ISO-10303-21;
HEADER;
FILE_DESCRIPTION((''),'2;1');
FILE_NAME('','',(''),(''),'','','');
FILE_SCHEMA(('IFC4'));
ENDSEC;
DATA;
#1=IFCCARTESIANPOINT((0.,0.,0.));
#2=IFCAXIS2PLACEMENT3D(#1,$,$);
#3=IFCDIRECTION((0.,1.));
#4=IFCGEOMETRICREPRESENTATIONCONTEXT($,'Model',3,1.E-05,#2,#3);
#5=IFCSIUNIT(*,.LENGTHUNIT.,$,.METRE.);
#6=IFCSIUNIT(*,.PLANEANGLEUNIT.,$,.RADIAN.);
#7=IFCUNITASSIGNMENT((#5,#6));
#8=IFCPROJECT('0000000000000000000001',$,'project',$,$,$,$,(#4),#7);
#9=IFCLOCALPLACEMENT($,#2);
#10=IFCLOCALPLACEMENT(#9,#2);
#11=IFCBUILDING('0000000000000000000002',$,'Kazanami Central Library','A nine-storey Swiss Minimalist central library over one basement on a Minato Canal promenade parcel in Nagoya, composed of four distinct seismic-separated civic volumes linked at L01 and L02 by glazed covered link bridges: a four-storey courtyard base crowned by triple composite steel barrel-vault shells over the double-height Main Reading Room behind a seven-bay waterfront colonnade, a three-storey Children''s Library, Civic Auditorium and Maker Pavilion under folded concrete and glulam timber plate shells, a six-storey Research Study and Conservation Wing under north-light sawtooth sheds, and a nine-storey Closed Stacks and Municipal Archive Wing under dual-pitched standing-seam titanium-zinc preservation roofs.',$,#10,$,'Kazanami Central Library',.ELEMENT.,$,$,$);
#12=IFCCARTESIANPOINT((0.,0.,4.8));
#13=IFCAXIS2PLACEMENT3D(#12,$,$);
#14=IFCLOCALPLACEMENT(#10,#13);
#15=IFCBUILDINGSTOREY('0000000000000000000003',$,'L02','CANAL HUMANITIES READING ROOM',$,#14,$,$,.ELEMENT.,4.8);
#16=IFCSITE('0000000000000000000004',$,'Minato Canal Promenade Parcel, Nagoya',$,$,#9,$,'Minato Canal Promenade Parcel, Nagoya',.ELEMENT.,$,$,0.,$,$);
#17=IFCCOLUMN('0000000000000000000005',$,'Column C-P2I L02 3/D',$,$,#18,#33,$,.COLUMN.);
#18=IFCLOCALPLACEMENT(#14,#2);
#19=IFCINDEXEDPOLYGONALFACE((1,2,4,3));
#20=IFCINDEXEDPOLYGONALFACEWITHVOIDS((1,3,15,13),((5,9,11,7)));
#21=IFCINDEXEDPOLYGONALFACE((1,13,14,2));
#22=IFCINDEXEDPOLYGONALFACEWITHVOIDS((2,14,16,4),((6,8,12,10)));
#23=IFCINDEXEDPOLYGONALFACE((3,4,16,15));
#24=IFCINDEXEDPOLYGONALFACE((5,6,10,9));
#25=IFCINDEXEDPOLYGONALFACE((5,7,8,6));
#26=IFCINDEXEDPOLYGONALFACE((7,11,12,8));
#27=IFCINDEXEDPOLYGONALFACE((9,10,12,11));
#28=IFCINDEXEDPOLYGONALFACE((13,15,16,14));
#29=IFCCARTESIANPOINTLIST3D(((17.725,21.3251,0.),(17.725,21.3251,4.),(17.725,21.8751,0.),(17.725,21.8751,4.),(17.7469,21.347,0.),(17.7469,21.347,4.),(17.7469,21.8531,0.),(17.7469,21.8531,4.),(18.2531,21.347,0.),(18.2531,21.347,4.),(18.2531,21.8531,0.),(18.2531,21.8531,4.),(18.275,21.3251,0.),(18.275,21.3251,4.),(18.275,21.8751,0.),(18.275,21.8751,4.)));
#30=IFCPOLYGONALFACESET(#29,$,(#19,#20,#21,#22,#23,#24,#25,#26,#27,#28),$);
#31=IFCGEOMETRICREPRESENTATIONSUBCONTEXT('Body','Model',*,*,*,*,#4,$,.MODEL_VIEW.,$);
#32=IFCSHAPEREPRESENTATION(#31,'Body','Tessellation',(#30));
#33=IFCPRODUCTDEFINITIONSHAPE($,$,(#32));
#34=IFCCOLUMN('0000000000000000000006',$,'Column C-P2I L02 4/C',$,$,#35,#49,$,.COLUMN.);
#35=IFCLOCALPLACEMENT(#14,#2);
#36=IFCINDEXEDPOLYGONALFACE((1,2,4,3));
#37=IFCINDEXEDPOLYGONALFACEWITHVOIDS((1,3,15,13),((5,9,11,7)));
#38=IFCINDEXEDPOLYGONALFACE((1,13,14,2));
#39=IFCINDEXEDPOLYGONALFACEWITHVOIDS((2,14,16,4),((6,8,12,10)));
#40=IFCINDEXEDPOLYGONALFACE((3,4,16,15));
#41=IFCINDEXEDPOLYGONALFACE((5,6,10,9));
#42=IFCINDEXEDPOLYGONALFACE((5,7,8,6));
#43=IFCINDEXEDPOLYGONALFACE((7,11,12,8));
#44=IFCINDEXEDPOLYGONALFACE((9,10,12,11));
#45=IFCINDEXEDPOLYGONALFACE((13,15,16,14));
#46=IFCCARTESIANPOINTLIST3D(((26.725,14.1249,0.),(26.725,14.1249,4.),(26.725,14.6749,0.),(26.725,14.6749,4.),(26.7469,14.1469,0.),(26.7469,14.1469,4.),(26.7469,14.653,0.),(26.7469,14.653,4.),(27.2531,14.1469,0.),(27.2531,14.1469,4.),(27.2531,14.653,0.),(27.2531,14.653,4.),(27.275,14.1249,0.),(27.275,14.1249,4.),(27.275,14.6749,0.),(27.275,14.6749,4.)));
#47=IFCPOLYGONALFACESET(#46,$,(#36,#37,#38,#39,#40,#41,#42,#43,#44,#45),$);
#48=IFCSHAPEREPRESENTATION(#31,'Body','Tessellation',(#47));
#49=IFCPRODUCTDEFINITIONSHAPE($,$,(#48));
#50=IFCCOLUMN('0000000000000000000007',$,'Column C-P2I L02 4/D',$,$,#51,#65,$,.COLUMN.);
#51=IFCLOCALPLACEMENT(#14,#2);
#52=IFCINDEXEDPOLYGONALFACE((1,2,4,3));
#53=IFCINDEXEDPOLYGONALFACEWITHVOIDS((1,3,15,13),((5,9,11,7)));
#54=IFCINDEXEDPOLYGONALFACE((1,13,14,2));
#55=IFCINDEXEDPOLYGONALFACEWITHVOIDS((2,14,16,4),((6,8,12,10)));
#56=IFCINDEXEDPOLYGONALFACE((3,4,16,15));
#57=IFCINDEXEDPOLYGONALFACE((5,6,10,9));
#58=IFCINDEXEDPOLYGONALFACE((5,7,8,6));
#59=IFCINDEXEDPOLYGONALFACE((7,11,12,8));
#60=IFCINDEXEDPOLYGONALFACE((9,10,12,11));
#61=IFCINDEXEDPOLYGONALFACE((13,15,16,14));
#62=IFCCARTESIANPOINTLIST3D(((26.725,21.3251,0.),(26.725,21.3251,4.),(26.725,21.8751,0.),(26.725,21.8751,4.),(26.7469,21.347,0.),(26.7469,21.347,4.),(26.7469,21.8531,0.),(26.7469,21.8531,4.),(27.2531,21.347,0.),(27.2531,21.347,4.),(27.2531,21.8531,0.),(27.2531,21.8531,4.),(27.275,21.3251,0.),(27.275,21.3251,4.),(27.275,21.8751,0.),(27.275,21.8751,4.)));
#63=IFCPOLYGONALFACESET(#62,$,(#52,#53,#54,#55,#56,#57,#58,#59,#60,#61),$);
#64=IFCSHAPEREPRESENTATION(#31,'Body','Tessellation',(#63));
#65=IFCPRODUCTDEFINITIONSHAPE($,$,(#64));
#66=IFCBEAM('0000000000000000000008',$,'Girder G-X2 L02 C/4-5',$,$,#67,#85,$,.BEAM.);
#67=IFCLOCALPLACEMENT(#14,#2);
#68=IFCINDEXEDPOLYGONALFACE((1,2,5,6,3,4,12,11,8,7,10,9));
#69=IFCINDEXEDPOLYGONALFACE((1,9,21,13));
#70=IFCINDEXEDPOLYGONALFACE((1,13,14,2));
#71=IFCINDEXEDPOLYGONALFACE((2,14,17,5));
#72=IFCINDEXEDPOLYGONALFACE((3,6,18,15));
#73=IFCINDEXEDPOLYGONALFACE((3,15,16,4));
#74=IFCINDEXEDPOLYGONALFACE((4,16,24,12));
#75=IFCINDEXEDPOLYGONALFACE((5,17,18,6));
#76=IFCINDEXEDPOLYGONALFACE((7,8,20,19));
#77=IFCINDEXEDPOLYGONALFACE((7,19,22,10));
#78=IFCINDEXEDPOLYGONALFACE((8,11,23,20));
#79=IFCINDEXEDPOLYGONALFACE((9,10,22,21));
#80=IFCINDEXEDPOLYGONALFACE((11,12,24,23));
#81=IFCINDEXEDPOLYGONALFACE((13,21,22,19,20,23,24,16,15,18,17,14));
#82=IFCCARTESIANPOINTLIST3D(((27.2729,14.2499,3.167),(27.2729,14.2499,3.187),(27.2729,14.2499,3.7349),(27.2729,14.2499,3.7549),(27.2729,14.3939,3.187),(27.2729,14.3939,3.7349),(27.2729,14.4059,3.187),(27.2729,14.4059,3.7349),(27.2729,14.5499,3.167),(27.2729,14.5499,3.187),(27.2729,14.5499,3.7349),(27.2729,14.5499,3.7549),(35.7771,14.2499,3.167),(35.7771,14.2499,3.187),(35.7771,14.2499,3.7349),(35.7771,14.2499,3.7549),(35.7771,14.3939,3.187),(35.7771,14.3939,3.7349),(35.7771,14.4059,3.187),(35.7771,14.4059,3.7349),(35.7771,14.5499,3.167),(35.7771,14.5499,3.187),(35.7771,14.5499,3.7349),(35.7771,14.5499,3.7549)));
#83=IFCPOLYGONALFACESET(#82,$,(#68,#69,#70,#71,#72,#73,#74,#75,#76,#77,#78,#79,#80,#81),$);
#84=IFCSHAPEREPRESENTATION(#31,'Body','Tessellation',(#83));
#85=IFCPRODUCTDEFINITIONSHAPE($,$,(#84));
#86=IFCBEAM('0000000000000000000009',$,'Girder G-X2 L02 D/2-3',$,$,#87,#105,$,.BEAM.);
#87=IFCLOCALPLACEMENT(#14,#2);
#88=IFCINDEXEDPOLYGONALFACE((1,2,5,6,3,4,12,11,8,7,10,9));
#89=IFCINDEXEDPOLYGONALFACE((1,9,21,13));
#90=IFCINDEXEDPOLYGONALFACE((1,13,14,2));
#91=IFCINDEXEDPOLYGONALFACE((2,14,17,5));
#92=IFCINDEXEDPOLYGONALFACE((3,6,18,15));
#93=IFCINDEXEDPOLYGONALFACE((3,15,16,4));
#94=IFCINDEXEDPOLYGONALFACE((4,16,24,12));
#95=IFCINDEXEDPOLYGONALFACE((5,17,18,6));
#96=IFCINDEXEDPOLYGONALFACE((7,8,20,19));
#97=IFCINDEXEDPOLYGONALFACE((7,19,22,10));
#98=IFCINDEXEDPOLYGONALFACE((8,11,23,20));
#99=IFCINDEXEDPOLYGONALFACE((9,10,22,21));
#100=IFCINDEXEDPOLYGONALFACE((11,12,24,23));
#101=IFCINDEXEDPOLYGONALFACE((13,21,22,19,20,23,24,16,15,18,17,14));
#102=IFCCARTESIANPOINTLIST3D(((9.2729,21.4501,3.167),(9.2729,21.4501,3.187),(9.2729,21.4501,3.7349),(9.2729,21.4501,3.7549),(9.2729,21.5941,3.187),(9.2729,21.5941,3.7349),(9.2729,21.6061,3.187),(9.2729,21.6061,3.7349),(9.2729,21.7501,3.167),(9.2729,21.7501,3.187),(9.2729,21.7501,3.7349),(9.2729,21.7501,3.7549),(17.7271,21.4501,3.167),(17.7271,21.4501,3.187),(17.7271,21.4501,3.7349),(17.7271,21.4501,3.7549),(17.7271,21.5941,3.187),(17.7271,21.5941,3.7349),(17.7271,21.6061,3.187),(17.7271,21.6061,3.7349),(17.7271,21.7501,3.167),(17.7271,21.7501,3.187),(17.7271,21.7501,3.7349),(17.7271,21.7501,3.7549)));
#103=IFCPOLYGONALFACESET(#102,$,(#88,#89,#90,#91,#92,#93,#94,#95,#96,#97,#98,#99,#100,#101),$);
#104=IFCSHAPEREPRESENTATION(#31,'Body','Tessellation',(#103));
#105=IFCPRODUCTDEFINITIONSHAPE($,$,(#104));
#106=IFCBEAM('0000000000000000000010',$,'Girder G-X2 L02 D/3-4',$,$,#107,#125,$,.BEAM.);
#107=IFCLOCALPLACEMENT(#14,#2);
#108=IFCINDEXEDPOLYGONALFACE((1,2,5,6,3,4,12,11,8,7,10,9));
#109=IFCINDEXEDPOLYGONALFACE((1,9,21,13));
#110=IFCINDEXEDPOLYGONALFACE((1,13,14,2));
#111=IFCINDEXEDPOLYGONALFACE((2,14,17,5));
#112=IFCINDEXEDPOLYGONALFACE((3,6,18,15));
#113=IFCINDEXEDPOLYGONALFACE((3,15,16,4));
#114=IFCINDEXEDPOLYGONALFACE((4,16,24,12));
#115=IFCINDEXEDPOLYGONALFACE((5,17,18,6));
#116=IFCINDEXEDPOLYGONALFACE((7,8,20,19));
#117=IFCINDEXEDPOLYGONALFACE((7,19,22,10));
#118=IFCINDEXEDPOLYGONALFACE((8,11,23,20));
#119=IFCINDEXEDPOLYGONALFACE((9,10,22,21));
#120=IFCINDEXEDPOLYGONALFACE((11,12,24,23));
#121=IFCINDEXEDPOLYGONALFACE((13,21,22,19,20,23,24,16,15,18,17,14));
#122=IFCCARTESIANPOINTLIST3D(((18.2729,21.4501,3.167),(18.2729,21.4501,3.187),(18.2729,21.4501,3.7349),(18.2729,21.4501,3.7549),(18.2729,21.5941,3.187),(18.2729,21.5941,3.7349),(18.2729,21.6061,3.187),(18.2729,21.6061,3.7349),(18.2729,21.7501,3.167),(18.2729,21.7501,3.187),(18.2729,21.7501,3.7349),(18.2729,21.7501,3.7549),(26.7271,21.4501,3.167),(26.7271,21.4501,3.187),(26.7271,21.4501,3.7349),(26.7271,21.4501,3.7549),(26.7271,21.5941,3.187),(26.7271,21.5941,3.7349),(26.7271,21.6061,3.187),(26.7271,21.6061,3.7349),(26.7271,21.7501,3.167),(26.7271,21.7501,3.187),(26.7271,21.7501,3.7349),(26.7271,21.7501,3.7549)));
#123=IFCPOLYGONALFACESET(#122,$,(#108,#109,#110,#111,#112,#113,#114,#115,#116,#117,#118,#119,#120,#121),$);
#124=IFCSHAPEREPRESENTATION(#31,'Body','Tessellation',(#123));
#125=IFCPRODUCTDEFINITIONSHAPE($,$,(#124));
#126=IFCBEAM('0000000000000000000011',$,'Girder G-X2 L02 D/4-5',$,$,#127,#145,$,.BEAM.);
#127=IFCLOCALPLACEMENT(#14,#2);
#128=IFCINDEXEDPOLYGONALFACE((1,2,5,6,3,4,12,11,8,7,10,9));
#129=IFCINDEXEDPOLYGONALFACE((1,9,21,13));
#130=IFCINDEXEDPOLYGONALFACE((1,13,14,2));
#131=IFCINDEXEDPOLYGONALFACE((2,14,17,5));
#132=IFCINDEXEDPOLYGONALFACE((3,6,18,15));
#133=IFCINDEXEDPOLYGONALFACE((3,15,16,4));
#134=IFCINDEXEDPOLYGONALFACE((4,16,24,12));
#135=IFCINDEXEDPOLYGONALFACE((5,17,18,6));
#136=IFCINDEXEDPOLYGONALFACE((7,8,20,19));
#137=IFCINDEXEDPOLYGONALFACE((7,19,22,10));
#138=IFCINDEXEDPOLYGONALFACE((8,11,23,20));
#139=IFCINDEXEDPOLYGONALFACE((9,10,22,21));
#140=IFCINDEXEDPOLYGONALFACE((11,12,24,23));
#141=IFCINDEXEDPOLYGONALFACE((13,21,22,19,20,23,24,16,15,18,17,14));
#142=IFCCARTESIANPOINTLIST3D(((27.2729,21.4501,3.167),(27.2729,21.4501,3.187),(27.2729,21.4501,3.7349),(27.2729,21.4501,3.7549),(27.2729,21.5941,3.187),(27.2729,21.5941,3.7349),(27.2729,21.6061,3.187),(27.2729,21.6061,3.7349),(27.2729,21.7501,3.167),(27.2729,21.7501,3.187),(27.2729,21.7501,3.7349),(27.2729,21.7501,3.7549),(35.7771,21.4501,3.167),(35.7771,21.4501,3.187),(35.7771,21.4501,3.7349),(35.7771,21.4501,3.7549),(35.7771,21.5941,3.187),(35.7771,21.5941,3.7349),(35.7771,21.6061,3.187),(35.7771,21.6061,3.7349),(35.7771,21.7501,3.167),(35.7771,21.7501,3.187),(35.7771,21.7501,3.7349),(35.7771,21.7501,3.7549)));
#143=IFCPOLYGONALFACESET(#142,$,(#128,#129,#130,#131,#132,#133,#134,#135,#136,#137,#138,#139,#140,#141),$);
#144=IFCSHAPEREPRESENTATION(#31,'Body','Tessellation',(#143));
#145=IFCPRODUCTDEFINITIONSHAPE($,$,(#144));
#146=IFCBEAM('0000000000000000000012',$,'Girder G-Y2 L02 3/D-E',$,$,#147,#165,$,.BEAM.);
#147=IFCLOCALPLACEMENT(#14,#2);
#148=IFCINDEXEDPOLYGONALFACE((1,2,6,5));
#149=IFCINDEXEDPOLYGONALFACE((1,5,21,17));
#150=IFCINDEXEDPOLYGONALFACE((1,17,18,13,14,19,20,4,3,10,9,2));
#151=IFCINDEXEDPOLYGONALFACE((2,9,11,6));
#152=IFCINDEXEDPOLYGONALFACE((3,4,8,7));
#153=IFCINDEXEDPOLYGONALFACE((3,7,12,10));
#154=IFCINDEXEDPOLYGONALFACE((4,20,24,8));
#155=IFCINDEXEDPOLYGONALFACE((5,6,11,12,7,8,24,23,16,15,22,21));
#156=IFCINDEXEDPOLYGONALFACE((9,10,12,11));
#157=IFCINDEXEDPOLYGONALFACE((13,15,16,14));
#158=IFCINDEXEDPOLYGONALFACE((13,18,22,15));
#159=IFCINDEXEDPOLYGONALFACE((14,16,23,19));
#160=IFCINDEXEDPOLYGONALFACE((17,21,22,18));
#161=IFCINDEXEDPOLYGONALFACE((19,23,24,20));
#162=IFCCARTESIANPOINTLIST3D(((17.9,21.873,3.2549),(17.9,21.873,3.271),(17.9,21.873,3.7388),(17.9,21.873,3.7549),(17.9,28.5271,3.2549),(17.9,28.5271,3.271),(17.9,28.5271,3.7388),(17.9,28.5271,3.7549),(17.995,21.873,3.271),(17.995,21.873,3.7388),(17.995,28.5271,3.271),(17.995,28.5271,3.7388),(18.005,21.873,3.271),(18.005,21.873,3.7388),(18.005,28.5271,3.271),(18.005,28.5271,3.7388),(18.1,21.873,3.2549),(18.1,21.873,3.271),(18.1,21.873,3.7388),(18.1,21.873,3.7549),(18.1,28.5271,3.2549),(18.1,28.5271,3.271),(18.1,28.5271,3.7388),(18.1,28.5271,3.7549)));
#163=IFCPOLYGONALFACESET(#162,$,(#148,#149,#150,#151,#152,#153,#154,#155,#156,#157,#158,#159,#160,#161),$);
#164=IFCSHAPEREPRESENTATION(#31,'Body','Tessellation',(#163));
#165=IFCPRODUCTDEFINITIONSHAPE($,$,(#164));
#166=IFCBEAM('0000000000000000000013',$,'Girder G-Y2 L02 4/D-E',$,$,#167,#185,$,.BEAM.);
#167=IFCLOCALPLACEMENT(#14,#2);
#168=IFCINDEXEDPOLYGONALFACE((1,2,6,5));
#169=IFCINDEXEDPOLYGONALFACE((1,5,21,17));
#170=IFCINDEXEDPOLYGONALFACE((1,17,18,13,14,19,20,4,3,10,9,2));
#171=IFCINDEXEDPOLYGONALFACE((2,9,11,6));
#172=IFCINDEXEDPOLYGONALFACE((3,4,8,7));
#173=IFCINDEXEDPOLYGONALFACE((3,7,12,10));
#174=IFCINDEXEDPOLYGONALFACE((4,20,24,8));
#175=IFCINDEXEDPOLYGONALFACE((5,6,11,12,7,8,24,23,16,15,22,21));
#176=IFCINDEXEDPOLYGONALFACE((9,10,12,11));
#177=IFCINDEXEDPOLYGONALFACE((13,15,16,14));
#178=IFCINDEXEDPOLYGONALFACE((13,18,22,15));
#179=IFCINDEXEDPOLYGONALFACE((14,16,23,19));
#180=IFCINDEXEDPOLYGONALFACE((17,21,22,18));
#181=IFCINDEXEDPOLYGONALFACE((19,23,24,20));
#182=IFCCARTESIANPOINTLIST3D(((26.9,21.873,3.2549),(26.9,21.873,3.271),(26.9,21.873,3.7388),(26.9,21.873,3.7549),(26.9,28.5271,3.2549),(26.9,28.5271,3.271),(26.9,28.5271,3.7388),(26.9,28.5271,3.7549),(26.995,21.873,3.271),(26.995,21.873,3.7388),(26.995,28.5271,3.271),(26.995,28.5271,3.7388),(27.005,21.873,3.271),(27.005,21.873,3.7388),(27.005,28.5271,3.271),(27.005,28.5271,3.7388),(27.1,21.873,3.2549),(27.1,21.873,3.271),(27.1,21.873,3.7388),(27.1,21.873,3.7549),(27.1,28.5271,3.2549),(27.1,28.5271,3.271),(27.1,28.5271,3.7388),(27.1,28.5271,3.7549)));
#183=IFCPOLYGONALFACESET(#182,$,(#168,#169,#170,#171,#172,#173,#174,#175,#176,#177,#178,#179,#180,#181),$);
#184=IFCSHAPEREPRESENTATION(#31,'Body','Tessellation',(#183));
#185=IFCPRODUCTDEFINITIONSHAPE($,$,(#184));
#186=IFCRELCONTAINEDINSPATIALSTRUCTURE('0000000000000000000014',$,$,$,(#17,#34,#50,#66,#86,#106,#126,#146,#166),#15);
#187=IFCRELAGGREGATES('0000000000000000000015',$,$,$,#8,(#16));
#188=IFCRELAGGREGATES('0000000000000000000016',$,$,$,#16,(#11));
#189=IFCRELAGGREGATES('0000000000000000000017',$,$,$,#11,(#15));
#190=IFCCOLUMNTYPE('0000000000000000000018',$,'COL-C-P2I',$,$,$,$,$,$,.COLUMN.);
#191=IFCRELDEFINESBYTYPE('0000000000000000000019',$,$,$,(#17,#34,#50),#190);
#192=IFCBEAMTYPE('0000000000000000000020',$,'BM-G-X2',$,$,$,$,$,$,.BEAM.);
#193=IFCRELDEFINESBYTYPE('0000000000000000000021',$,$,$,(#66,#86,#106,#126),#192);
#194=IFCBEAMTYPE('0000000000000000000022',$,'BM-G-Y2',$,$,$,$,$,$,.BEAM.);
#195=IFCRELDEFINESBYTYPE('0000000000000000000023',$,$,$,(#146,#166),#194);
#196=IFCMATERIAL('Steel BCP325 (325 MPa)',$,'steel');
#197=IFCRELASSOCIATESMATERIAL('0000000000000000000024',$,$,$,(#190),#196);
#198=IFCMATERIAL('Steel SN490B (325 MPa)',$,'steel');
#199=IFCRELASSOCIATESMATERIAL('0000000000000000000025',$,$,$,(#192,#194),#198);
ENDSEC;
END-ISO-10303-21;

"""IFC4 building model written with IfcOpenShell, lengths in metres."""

from ifc_helpers import new_model, si_unit, direction, frame, origin, origin_2d, place, context, subcontext, project, spatial, hollow_rectangle, i_section, extrude, material, material_profile, profile_set, type_object, element, save


model = new_model("IFC4")

# Units and contexts
model_context = context("Model", 3, precision=1e-05, world=origin(), true_north=direction((0.0, 1.0)))
body_context = subcontext(model_context, "Body", "Model", "MODEL_VIEW")
ifc_project = project(units=[si_unit("LENGTHUNIT", "METRE"), si_unit("PLANEANGLEUNIT", "RADIAN")], contexts=[model_context])

# Site, building, storey
site_placement = place(None, origin())
site = spatial("IfcSite", under=ifc_project, at=site_placement, Name="Minato Canal Promenade Parcel, Nagoya", LongName="Minato Canal Promenade Parcel, Nagoya", CompositionType="ELEMENT", RefElevation=0.0)
building_placement = place(site_placement, origin())
building = spatial("IfcBuilding", under=site, at=building_placement, Name="Kazanami Central Library", Description="A nine-storey Swiss Minimalist central library over one basement on a Minato Canal promenade parcel in Nagoya, composed of four distinct seismic-separated civic volumes linked at L01 and L02 by glazed covered link bridges: a four-storey courtyard base crowned by triple composite steel barrel-vault shells over the double-height Main Reading Room behind a seven-bay waterfront colonnade, a three-storey Children's Library, Civic Auditorium and Maker Pavilion under folded concrete and glulam timber plate shells, a six-storey Research Study and Conservation Wing under north-light sawtooth sheds, and a nine-storey Closed Stacks and Municipal Archive Wing under dual-pitched standing-seam titanium-zinc preservation roofs.", LongName="Kazanami Central Library", CompositionType="ELEMENT")
storey_placement = place(building_placement, frame((0.0, 0.0, 4.8)))
storey = spatial("IfcBuildingStorey", under=building, at=storey_placement, Name="L02", Description="CANAL HUMANITIES READING ROOM", CompositionType="ELEMENT", Elevation=4.8)

# Columns
ifc_material_1 = material(Name="Steel BCP325 (325 MPa)", Category="steel")
ifc_material_profile_1 = material_profile(ifc_material_1, hollow_rectangle(XDim=0.55, YDim=0.55, WallThickness=0.022, at=origin_2d()), Name="BCP-550x550x22")
ifc_profile_set_1 = profile_set([ifc_material_profile_1], Name="Steel BCP325 (325 MPa)")
column_type = type_object("IfcColumnType", Name="COL-C-P2I", PredefinedType="COLUMN", material=ifc_profile_set_1)
for number, where, z_axis, x_axis, name in (
    (1, (18.0, 21.6001, 0.0), (0.0, 0.0, 1.0), (1.0, 0.0, 0.0), "Column C-P2I L02 3/D"),
    (2, (27.0, 14.3999, 0.0), (0.0, 0.0, 1.0), (1.0, 0.0, 0.0), "Column C-P2I L02 4/C"),
    (3, (27.0, 21.6001, 0.0), (0.0, 0.0, 1.0), (1.0, 0.0, 0.0), "Column C-P2I L02 4/D"),
):
    element("IfcColumn", number, at=place(storey_placement, frame(where, z_axis=z_axis, x_axis=x_axis)), inside=storey, type_object=column_type, Name=name, PredefinedType="COLUMN", context=body_context, shape_type="SweptSolid", body=[
        extrude(hollow_rectangle(XDim=0.55, YDim=0.55, WallThickness=0.022, at=origin_2d()), origin(), (0.0, 0.0, 1.0), 4.0),
    ])

# Beams
ifc_material_2 = material(Name="Steel SN490B (325 MPa)", Category="steel")
ifc_material_profile_2 = material_profile(ifc_material_2, i_section(OverallWidth=0.3, OverallDepth=0.5879, WebThickness=0.012, FlangeThickness=0.02, at=origin_2d()), Name="H-588x300x12x20")
ifc_profile_set_2 = profile_set([ifc_material_profile_2], Name="Steel SN490B (325 MPa)")
beam_type_1 = type_object("IfcBeamType", Name="BM-G-X2", PredefinedType="BEAM", material=ifc_profile_set_2)
beam_1_placement = place(storey_placement, frame((27.2729, 14.3999, 3.4609), z_axis=(1.0, 0.0, 0.0), x_axis=(0.0, 1.0, 0.0)))
element("IfcBeam", 4, at=beam_1_placement, inside=storey, type_object=beam_type_1, Name="Girder G-X2 L02 C/4-5", PredefinedType="BEAM", context=body_context, shape_type="SweptSolid", body=[
    extrude(i_section(OverallWidth=0.3, OverallDepth=0.5879, WebThickness=0.012, FlangeThickness=0.02, at=origin_2d()), origin(), (0.0, 0.0, 1.0), 8.5042),
])
for number, where, z_axis, x_axis, name in (
    (5, (9.2729, 21.6001, 3.4609), (1.0, 0.0, 0.0), (0.0, 1.0, 0.0), "Girder G-X2 L02 D/2-3"),
    (6, (18.2729, 21.6001, 3.4609), (1.0, 0.0, 0.0), (0.0, 1.0, 0.0), "Girder G-X2 L02 D/3-4"),
):
    element("IfcBeam", number, at=place(storey_placement, frame(where, z_axis=z_axis, x_axis=x_axis)), inside=storey, type_object=beam_type_1, Name=name, PredefinedType="BEAM", context=body_context, shape_type="SweptSolid", body=[
        extrude(i_section(OverallWidth=0.3, OverallDepth=0.5879, WebThickness=0.012, FlangeThickness=0.02, at=origin_2d()), origin(), (0.0, 0.0, 1.0), 8.4541),
    ])
beam_2_placement = place(storey_placement, frame((27.2729, 21.6001, 3.4609), z_axis=(1.0, 0.0, 0.0), x_axis=(0.0, 1.0, 0.0)))
element("IfcBeam", 7, at=beam_2_placement, inside=storey, type_object=beam_type_1, Name="Girder G-X2 L02 D/4-5", PredefinedType="BEAM", context=body_context, shape_type="SweptSolid", body=[
    extrude(i_section(OverallWidth=0.3, OverallDepth=0.5879, WebThickness=0.012, FlangeThickness=0.02, at=origin_2d()), origin(), (0.0, 0.0, 1.0), 8.5042),
])
ifc_material_profile_3 = material_profile(ifc_material_2, i_section(OverallWidth=0.2, OverallDepth=0.5, WebThickness=0.01, FlangeThickness=0.0161, at=origin_2d()), Name="H-500x200x10x16")
ifc_profile_set_3 = profile_set([ifc_material_profile_3], Name="Steel SN490B (325 MPa)")
beam_type_2 = type_object("IfcBeamType", Name="BM-G-Y2", PredefinedType="BEAM", material=ifc_profile_set_3)
for number, where, z_axis, x_axis, name in (
    (8, (18.0, 21.873, 3.5049), (0.0, 1.0, 0.0), (-1.0, 0.0, 0.0), "Girder G-Y2 L02 3/D-E"),
    (9, (27.0, 21.873, 3.5049), (0.0, 1.0, 0.0), (-1.0, 0.0, 0.0), "Girder G-Y2 L02 4/D-E"),
):
    element("IfcBeam", number, at=place(storey_placement, frame(where, z_axis=z_axis, x_axis=x_axis)), inside=storey, type_object=beam_type_2, Name=name, PredefinedType="BEAM", context=body_context, shape_type="SweptSolid", body=[
        extrude(i_section(OverallWidth=0.2, OverallDepth=0.5, WebThickness=0.01, FlangeThickness=0.0161, at=origin_2d()), origin(), (0.0, 0.0, 1.0), 6.6541),
    ])

save(model, "model.ifc")
